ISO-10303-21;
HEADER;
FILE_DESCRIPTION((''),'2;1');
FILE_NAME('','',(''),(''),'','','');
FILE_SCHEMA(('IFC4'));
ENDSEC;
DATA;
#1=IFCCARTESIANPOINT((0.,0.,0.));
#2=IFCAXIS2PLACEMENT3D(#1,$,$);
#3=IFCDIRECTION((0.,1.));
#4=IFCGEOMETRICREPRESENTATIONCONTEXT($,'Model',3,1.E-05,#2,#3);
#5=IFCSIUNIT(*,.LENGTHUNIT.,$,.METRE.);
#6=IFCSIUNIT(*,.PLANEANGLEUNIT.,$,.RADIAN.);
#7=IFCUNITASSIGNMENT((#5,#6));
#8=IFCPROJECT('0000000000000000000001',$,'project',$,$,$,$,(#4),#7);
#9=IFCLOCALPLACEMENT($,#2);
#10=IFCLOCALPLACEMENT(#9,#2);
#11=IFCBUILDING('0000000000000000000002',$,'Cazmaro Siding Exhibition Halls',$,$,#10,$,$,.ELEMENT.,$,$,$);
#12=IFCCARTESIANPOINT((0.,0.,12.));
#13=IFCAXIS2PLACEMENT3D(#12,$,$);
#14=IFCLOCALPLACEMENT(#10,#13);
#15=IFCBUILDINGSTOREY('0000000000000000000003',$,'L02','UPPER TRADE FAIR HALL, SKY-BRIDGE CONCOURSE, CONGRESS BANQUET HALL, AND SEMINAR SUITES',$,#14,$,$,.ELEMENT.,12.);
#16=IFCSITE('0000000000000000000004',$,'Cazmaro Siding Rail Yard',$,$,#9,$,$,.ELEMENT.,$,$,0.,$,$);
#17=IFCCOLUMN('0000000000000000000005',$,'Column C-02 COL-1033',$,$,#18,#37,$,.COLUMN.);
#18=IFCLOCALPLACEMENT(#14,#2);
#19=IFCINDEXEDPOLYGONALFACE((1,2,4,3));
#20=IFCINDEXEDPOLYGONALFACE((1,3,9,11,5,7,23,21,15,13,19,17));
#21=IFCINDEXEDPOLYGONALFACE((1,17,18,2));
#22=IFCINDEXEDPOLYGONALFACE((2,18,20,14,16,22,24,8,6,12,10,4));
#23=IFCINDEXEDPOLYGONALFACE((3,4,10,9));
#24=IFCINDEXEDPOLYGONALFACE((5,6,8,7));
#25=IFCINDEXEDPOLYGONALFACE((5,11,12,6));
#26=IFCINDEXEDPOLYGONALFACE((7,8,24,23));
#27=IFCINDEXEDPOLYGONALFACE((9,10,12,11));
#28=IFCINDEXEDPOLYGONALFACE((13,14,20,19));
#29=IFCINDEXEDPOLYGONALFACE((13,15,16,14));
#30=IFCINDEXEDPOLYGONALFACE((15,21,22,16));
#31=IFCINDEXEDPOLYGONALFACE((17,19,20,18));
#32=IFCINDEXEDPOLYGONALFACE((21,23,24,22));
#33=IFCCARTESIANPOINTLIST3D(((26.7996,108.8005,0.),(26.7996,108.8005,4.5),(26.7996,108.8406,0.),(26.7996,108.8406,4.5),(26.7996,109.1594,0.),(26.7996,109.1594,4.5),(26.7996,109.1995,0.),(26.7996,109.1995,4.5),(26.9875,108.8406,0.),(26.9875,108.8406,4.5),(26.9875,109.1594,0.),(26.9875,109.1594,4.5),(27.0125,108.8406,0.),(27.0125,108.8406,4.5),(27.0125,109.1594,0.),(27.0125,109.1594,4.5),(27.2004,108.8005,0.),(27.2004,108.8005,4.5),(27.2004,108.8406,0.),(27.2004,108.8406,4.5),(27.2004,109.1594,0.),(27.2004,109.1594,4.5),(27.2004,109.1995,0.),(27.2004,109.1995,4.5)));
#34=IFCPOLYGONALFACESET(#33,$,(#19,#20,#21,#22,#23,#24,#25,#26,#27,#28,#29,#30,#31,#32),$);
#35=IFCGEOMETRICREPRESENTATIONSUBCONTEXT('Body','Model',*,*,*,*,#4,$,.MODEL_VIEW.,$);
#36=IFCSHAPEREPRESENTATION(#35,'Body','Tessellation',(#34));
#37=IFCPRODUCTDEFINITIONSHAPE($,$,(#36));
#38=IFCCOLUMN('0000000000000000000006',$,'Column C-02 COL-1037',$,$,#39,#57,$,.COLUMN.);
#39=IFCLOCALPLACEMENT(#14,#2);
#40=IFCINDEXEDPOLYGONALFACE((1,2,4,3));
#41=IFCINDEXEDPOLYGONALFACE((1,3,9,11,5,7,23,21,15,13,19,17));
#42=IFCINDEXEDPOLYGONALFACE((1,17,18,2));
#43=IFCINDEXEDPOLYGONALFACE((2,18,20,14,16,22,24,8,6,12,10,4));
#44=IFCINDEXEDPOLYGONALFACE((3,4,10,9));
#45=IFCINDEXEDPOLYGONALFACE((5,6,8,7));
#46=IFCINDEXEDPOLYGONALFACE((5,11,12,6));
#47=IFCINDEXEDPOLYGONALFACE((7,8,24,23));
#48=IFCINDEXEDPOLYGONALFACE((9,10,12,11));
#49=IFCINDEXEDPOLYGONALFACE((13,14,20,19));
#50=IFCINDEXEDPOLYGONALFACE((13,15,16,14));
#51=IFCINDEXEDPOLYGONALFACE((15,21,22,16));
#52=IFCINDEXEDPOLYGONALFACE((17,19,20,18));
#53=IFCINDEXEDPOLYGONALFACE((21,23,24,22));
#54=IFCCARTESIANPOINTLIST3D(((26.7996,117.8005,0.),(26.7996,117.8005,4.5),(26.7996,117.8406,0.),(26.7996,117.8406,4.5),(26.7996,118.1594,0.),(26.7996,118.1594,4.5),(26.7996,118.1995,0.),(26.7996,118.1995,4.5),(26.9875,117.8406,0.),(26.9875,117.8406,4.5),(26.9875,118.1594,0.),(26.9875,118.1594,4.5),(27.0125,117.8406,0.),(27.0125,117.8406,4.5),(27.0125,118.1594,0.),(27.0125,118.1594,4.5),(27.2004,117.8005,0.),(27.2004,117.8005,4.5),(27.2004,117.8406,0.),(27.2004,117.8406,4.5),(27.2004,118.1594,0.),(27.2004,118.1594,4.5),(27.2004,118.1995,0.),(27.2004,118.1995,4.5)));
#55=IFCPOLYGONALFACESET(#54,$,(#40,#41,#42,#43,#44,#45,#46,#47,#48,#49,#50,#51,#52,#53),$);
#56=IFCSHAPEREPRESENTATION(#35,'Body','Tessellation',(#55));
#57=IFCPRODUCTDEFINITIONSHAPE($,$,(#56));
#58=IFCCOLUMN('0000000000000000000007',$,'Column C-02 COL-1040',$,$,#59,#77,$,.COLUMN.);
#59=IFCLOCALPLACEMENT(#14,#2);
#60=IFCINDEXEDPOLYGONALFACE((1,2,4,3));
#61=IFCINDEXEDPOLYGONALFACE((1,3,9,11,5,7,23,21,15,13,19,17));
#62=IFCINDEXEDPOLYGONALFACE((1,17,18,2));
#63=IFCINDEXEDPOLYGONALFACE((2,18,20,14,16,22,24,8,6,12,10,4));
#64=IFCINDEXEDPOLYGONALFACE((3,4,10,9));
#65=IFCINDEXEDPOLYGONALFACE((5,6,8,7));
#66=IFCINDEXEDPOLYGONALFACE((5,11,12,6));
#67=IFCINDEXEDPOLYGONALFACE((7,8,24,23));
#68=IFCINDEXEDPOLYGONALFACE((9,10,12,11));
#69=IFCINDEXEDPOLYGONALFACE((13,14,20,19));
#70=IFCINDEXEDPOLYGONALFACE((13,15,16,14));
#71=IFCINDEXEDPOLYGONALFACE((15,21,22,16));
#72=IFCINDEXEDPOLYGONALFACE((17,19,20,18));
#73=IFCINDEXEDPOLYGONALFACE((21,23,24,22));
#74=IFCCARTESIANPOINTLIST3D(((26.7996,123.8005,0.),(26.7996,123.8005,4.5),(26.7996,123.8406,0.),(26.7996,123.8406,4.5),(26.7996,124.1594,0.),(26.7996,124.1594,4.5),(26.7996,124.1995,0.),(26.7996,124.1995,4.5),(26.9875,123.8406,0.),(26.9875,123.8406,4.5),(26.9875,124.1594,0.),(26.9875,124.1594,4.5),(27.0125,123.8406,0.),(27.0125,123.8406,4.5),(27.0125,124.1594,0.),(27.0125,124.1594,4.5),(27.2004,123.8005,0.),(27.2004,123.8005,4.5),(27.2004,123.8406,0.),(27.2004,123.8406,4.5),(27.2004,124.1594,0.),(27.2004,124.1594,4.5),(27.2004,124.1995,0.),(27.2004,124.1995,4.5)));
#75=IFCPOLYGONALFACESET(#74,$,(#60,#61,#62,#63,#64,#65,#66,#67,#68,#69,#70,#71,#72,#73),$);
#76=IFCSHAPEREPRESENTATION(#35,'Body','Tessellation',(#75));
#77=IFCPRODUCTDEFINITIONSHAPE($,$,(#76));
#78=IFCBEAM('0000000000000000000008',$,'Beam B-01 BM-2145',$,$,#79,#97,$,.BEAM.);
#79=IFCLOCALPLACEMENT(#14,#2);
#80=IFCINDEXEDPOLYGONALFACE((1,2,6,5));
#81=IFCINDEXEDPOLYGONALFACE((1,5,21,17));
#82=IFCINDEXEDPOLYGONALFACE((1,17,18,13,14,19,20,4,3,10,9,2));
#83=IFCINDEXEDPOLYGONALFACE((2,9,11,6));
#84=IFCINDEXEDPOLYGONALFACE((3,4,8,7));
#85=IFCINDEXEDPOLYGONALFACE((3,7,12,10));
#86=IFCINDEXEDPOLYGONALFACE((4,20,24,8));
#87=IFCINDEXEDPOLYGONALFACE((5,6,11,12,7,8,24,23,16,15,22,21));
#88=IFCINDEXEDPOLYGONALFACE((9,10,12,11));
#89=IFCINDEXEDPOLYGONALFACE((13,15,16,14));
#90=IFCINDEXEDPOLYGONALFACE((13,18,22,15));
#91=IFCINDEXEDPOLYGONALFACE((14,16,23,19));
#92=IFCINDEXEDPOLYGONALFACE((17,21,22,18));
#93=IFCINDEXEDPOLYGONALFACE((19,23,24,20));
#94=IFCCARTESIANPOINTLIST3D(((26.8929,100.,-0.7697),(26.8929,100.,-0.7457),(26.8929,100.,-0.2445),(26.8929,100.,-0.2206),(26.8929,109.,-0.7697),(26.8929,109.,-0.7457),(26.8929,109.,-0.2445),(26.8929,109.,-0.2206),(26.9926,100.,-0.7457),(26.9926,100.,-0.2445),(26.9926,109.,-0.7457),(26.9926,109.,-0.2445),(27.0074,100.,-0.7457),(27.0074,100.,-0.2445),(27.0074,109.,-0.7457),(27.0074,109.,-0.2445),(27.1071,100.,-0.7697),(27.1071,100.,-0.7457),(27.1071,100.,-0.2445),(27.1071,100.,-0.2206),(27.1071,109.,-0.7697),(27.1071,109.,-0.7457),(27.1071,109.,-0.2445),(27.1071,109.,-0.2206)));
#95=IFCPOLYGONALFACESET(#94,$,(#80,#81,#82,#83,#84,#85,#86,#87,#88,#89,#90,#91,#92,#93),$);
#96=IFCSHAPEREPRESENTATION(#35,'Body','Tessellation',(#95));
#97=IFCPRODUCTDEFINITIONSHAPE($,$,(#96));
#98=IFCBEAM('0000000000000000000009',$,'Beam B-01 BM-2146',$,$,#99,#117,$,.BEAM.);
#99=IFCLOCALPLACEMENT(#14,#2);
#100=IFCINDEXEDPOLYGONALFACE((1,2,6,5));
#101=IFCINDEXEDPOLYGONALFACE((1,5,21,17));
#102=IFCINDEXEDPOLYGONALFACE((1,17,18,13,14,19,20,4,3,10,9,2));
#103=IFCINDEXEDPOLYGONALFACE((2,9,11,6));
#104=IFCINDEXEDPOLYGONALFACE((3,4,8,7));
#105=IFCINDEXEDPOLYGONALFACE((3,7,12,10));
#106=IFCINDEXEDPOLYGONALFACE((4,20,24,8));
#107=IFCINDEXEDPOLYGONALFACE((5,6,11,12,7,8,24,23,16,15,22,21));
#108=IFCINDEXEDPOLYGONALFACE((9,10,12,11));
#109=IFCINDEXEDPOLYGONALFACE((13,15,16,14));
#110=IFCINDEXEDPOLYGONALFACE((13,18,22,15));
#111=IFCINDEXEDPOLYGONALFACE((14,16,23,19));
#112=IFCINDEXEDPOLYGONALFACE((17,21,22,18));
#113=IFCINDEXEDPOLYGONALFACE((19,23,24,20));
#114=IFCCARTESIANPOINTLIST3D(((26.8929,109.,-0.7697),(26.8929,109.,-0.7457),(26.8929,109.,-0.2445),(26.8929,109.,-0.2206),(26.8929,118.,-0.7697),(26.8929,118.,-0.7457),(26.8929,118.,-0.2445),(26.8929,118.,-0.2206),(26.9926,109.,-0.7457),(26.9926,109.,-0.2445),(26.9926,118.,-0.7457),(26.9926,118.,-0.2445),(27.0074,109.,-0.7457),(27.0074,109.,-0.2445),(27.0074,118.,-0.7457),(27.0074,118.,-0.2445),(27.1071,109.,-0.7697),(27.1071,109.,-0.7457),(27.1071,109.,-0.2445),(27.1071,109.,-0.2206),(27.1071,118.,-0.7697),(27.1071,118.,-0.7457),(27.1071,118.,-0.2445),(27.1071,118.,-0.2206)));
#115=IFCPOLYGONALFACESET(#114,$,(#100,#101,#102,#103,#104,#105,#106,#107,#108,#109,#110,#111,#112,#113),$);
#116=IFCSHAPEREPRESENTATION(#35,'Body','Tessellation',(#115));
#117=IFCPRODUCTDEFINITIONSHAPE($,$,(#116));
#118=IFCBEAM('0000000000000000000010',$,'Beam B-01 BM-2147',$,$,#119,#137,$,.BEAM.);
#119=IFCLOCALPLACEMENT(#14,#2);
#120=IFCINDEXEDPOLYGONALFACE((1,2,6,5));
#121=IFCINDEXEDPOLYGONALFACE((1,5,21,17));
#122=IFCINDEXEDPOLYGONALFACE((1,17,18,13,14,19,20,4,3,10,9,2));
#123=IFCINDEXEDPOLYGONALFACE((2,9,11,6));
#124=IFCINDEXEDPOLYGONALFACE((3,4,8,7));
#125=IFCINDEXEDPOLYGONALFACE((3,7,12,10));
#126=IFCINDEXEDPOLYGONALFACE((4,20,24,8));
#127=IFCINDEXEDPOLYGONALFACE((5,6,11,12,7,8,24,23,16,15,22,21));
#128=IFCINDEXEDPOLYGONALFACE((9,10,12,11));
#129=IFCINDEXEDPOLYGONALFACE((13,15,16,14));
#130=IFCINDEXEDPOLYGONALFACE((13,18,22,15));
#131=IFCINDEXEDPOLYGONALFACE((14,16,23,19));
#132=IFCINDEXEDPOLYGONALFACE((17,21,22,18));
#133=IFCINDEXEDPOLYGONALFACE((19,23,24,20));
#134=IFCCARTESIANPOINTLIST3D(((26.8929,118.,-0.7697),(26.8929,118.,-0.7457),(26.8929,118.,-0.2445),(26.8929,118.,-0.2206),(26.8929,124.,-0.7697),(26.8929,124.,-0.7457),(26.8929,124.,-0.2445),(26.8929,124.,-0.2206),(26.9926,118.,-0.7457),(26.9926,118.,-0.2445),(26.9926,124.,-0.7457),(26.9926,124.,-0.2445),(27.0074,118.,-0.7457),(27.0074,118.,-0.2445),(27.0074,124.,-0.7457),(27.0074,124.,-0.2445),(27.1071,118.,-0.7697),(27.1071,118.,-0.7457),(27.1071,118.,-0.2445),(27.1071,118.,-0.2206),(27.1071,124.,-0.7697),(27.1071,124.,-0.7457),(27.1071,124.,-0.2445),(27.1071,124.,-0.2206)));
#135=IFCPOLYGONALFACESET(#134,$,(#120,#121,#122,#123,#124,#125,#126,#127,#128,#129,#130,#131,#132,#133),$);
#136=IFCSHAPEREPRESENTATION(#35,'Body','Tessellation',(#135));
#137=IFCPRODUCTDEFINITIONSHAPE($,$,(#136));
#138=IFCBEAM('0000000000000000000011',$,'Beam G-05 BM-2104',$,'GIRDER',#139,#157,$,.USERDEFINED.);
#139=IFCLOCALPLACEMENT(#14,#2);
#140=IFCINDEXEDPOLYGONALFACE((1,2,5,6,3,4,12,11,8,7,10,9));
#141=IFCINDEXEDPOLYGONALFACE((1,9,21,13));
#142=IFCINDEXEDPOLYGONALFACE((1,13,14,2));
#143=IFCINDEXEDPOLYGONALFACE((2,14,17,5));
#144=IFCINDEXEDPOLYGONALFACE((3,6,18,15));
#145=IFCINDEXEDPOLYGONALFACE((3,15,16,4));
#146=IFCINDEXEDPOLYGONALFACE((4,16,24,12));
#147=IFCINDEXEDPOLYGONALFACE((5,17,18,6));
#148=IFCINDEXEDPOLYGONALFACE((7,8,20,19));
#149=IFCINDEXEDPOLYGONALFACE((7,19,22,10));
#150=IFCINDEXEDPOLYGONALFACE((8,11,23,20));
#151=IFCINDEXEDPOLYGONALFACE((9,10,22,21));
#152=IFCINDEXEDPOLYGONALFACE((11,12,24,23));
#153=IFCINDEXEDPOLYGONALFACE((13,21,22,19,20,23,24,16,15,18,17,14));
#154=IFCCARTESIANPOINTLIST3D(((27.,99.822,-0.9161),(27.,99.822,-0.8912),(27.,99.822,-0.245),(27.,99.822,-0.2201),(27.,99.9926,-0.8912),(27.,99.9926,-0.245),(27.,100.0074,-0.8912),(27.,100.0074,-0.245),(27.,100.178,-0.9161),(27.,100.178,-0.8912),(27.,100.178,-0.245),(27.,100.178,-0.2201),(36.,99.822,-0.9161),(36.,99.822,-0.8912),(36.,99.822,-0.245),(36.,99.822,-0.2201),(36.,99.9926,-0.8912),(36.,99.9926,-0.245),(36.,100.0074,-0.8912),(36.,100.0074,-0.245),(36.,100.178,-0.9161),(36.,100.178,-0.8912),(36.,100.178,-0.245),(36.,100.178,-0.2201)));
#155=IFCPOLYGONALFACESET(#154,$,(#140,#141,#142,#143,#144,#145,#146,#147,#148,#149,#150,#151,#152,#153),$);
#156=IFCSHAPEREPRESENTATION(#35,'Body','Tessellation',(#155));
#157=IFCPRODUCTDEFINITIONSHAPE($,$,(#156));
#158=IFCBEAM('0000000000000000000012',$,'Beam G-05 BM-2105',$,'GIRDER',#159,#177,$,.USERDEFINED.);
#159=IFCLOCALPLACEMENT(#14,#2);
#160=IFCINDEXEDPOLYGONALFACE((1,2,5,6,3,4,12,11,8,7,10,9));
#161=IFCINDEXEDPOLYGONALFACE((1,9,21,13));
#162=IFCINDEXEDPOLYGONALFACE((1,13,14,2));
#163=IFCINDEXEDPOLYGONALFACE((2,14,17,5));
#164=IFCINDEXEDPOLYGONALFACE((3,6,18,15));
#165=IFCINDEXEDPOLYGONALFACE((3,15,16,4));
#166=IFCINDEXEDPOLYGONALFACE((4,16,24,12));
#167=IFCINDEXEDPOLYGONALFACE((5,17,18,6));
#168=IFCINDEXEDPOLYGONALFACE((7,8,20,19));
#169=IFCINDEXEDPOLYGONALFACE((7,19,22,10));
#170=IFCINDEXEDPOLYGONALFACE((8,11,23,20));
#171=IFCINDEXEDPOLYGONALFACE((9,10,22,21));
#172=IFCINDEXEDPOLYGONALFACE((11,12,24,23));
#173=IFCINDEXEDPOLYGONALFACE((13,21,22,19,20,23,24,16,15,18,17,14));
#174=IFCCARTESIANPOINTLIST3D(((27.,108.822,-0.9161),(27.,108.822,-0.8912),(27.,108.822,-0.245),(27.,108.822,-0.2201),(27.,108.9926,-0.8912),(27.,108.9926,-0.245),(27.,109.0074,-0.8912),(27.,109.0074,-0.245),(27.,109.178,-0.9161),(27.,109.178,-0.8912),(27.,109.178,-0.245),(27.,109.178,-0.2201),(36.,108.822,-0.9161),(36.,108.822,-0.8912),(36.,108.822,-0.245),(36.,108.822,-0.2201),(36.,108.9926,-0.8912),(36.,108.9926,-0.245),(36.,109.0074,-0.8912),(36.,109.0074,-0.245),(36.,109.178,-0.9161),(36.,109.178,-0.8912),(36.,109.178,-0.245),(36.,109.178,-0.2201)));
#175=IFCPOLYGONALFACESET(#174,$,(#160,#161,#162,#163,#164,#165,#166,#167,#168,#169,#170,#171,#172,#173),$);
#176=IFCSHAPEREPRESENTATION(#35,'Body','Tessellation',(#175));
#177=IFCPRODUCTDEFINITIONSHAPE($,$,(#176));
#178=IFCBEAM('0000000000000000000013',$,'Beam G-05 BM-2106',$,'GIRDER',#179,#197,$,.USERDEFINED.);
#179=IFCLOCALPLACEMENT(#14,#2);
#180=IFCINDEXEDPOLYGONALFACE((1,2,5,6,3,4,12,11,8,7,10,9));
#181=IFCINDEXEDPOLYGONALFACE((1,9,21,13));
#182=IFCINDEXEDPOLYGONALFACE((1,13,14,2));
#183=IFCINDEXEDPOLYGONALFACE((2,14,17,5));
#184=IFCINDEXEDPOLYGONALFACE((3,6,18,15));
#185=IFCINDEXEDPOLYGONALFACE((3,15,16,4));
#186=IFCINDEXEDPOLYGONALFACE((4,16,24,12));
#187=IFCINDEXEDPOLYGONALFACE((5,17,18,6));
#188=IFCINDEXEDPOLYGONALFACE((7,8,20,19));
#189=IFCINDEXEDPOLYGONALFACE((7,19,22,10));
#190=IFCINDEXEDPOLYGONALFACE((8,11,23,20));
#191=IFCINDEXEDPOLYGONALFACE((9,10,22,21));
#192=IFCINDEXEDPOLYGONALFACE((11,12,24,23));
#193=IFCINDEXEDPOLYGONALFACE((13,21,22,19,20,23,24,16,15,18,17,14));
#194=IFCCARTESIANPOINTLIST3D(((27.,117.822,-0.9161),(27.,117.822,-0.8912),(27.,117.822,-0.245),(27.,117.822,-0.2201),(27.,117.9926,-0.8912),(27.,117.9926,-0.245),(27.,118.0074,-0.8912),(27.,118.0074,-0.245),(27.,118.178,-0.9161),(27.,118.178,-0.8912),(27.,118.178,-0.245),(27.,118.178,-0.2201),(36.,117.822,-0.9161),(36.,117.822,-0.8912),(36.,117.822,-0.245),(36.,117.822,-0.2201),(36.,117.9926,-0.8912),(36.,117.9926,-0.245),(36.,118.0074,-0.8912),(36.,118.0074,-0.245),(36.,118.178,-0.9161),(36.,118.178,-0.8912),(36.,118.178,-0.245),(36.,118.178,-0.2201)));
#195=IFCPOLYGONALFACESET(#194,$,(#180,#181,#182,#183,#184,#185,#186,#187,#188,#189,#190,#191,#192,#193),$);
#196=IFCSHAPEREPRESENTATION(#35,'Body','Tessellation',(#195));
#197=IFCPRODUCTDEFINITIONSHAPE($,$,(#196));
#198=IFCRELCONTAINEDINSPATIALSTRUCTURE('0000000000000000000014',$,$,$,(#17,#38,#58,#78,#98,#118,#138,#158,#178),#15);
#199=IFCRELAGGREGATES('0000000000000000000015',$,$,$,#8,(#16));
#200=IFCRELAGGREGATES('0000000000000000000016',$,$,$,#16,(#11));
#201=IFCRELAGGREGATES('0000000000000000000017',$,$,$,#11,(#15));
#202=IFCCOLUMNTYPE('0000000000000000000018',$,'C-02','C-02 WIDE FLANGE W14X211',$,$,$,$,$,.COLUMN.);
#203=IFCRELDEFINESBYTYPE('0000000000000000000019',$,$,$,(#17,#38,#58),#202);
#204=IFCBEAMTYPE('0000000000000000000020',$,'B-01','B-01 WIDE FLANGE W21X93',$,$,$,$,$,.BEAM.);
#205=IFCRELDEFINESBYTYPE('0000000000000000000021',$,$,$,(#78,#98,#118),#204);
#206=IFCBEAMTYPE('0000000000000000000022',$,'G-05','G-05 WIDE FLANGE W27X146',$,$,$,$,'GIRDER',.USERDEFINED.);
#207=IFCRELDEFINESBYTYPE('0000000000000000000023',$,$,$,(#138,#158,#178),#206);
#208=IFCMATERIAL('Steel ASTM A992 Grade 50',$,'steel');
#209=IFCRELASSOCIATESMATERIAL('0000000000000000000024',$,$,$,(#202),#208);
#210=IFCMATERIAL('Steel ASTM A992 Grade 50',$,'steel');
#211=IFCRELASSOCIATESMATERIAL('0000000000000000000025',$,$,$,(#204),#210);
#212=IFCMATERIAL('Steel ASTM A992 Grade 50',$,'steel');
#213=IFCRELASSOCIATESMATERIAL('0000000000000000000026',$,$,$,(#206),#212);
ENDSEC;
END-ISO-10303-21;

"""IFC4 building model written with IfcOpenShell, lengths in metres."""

from ifc_helpers import new_model, si_unit, direction, frame, origin, origin_2d, place, context, subcontext, project, spatial, i_section, extrude, material, material_profile, profile_set, type_object, element, save


model = new_model("IFC4")

# Units and contexts
model_context = context("Model", 3, precision=1e-05, world=origin(), true_north=direction((0.0, 1.0)))
body_context = subcontext(model_context, "Body", "Model", "MODEL_VIEW")
ifc_project = project(units=[si_unit("LENGTHUNIT", "METRE"), si_unit("PLANEANGLEUNIT", "RADIAN")], contexts=[model_context])

# Site, building, storey
site_placement = place(None, origin())
site = spatial("IfcSite", under=ifc_project, at=site_placement, Name="Cazmaro Siding Rail Yard", CompositionType="ELEMENT", RefElevation=0.0)
building_placement = place(site_placement, origin())
building = spatial("IfcBuilding", under=site, at=building_placement, Name="Cazmaro Siding Exhibition Halls", CompositionType="ELEMENT")
storey_placement = place(building_placement, frame((0.0, 0.0, 12.0)))
storey = spatial("IfcBuildingStorey", under=building, at=storey_placement, Name="L02", Description="UPPER TRADE FAIR HALL, SKY-BRIDGE CONCOURSE, CONGRESS BANQUET HALL, AND SEMINAR SUITES", CompositionType="ELEMENT", Elevation=12.0)

# Columns
ifc_material_1 = material(Name="Steel ASTM A992 Grade 50", Category="steel")
ifc_material_profile_1 = material_profile(ifc_material_1, i_section(OverallWidth=0.4009, OverallDepth=0.3989, WebThickness=0.0249, FlangeThickness=0.04, at=origin_2d()), Name="W14X211")
ifc_profile_set_1 = profile_set([ifc_material_profile_1], Name="Steel ASTM A992 Grade 50")
column_type = type_object("IfcColumnType", Name="C-02", Description="C-02 WIDE FLANGE W14X211", PredefinedType="COLUMN", material=ifc_profile_set_1)
for number, where, z_axis, x_axis, name in (
    (1, (27.0, 109.0, 0.0), (0.0, 0.0, 1.0), (1.0, 0.0, 0.0), "Column C-02 COL-1033"),
    (2, (27.0, 118.0, 0.0), (0.0, 0.0, 1.0), (1.0, 0.0, 0.0), "Column C-02 COL-1037"),
    (3, (27.0, 124.0, 0.0), (0.0, 0.0, 1.0), (1.0, 0.0, 0.0), "Column C-02 COL-1040"),
):
    element("IfcColumn", number, at=place(storey_placement, frame(where, z_axis=z_axis, x_axis=x_axis)), inside=storey, type_object=column_type, Name=name, PredefinedType="COLUMN", context=body_context, shape_type="SweptSolid", body=[
        extrude(i_section(OverallWidth=0.4009, OverallDepth=0.3989, WebThickness=0.0249, FlangeThickness=0.04, at=origin_2d()), origin(), (0.0, 0.0, 1.0), 4.5),
    ])

# Beams
ifc_material_2 = material(Name="Steel ASTM A992 Grade 50", Category="steel")
ifc_material_profile_2 = material_profile(ifc_material_2, i_section(OverallWidth=0.2141, OverallDepth=0.5491, WebThickness=0.0149, FlangeThickness=0.0239, at=origin_2d()), Name="W21X93")
ifc_profile_set_2 = profile_set([ifc_material_profile_2], Name="Steel ASTM A992 Grade 50")
beam_type_1 = type_object("IfcBeamType", Name="B-01", Description="B-01 WIDE FLANGE W21X93", PredefinedType="BEAM", material=ifc_profile_set_2)
for number, where, z_axis, x_axis, name in (
    (4, (27.0, 100.0, -0.4951), (0.0, 1.0, 0.0), (-1.0, 0.0, 0.0), "Beam B-01 BM-2145"),
    (5, (27.0, 109.0, -0.4951), (0.0, 1.0, 0.0), (-1.0, 0.0, 0.0), "Beam B-01 BM-2146"),
):
    element("IfcBeam", number, at=place(storey_placement, frame(where, z_axis=z_axis, x_axis=x_axis)), inside=storey, type_object=beam_type_1, Name=name, PredefinedType="BEAM", context=body_context, shape_type="SweptSolid", body=[
        extrude(i_section(OverallWidth=0.2141, OverallDepth=0.5491, WebThickness=0.0149, FlangeThickness=0.0239, at=origin_2d()), origin(), (0.0, 0.0, 1.0), 9.0),
    ])
beam_placement = place(storey_placement, frame((27.0, 118.0, -0.4951), z_axis=(0.0, 1.0, 0.0), x_axis=(-1.0, 0.0, 0.0)))
element("IfcBeam", 6, at=beam_placement, inside=storey, type_object=beam_type_1, Name="Beam B-01 BM-2147", PredefinedType="BEAM", context=body_context, shape_type="SweptSolid", body=[
    extrude(i_section(OverallWidth=0.2141, OverallDepth=0.5491, WebThickness=0.0149, FlangeThickness=0.0239, at=origin_2d()), origin(), (0.0, 0.0, 1.0), 6.0),
])
ifc_material_3 = material(Name="Steel ASTM A992 Grade 50", Category="steel")
ifc_material_profile_3 = material_profile(ifc_material_3, i_section(OverallWidth=0.356, OverallDepth=0.696, WebThickness=0.0149, FlangeThickness=0.0249, at=origin_2d()), Name="W27X146")
ifc_profile_set_3 = profile_set([ifc_material_profile_3], Name="Steel ASTM A992 Grade 50")
beam_type_2 = type_object("IfcBeamType", Name="G-05", Description="G-05 WIDE FLANGE W27X146", ElementType="GIRDER", PredefinedType="USERDEFINED", material=ifc_profile_set_3)
for number, where, z_axis, x_axis, name in (
    (7, (27.0, 100.0, -0.5681), (1.0, 0.0, 0.0), (0.0, 1.0, 0.0), "Beam G-05 BM-2104"),
    (8, (27.0, 109.0, -0.5681), (1.0, 0.0, 0.0), (0.0, 1.0, 0.0), "Beam G-05 BM-2105"),
    (9, (27.0, 118.0, -0.5681), (1.0, 0.0, 0.0), (0.0, 1.0, 0.0), "Beam G-05 BM-2106"),
):
    element("IfcBeam", number, at=place(storey_placement, frame(where, z_axis=z_axis, x_axis=x_axis)), inside=storey, type_object=beam_type_2, Name=name, ObjectType="GIRDER", PredefinedType="USERDEFINED", context=body_context, shape_type="SweptSolid", body=[
        extrude(i_section(OverallWidth=0.356, OverallDepth=0.696, WebThickness=0.0149, FlangeThickness=0.0249, at=origin_2d()), origin(), (0.0, 0.0, 1.0), 9.0),
    ])

save(model, "model.ifc")
